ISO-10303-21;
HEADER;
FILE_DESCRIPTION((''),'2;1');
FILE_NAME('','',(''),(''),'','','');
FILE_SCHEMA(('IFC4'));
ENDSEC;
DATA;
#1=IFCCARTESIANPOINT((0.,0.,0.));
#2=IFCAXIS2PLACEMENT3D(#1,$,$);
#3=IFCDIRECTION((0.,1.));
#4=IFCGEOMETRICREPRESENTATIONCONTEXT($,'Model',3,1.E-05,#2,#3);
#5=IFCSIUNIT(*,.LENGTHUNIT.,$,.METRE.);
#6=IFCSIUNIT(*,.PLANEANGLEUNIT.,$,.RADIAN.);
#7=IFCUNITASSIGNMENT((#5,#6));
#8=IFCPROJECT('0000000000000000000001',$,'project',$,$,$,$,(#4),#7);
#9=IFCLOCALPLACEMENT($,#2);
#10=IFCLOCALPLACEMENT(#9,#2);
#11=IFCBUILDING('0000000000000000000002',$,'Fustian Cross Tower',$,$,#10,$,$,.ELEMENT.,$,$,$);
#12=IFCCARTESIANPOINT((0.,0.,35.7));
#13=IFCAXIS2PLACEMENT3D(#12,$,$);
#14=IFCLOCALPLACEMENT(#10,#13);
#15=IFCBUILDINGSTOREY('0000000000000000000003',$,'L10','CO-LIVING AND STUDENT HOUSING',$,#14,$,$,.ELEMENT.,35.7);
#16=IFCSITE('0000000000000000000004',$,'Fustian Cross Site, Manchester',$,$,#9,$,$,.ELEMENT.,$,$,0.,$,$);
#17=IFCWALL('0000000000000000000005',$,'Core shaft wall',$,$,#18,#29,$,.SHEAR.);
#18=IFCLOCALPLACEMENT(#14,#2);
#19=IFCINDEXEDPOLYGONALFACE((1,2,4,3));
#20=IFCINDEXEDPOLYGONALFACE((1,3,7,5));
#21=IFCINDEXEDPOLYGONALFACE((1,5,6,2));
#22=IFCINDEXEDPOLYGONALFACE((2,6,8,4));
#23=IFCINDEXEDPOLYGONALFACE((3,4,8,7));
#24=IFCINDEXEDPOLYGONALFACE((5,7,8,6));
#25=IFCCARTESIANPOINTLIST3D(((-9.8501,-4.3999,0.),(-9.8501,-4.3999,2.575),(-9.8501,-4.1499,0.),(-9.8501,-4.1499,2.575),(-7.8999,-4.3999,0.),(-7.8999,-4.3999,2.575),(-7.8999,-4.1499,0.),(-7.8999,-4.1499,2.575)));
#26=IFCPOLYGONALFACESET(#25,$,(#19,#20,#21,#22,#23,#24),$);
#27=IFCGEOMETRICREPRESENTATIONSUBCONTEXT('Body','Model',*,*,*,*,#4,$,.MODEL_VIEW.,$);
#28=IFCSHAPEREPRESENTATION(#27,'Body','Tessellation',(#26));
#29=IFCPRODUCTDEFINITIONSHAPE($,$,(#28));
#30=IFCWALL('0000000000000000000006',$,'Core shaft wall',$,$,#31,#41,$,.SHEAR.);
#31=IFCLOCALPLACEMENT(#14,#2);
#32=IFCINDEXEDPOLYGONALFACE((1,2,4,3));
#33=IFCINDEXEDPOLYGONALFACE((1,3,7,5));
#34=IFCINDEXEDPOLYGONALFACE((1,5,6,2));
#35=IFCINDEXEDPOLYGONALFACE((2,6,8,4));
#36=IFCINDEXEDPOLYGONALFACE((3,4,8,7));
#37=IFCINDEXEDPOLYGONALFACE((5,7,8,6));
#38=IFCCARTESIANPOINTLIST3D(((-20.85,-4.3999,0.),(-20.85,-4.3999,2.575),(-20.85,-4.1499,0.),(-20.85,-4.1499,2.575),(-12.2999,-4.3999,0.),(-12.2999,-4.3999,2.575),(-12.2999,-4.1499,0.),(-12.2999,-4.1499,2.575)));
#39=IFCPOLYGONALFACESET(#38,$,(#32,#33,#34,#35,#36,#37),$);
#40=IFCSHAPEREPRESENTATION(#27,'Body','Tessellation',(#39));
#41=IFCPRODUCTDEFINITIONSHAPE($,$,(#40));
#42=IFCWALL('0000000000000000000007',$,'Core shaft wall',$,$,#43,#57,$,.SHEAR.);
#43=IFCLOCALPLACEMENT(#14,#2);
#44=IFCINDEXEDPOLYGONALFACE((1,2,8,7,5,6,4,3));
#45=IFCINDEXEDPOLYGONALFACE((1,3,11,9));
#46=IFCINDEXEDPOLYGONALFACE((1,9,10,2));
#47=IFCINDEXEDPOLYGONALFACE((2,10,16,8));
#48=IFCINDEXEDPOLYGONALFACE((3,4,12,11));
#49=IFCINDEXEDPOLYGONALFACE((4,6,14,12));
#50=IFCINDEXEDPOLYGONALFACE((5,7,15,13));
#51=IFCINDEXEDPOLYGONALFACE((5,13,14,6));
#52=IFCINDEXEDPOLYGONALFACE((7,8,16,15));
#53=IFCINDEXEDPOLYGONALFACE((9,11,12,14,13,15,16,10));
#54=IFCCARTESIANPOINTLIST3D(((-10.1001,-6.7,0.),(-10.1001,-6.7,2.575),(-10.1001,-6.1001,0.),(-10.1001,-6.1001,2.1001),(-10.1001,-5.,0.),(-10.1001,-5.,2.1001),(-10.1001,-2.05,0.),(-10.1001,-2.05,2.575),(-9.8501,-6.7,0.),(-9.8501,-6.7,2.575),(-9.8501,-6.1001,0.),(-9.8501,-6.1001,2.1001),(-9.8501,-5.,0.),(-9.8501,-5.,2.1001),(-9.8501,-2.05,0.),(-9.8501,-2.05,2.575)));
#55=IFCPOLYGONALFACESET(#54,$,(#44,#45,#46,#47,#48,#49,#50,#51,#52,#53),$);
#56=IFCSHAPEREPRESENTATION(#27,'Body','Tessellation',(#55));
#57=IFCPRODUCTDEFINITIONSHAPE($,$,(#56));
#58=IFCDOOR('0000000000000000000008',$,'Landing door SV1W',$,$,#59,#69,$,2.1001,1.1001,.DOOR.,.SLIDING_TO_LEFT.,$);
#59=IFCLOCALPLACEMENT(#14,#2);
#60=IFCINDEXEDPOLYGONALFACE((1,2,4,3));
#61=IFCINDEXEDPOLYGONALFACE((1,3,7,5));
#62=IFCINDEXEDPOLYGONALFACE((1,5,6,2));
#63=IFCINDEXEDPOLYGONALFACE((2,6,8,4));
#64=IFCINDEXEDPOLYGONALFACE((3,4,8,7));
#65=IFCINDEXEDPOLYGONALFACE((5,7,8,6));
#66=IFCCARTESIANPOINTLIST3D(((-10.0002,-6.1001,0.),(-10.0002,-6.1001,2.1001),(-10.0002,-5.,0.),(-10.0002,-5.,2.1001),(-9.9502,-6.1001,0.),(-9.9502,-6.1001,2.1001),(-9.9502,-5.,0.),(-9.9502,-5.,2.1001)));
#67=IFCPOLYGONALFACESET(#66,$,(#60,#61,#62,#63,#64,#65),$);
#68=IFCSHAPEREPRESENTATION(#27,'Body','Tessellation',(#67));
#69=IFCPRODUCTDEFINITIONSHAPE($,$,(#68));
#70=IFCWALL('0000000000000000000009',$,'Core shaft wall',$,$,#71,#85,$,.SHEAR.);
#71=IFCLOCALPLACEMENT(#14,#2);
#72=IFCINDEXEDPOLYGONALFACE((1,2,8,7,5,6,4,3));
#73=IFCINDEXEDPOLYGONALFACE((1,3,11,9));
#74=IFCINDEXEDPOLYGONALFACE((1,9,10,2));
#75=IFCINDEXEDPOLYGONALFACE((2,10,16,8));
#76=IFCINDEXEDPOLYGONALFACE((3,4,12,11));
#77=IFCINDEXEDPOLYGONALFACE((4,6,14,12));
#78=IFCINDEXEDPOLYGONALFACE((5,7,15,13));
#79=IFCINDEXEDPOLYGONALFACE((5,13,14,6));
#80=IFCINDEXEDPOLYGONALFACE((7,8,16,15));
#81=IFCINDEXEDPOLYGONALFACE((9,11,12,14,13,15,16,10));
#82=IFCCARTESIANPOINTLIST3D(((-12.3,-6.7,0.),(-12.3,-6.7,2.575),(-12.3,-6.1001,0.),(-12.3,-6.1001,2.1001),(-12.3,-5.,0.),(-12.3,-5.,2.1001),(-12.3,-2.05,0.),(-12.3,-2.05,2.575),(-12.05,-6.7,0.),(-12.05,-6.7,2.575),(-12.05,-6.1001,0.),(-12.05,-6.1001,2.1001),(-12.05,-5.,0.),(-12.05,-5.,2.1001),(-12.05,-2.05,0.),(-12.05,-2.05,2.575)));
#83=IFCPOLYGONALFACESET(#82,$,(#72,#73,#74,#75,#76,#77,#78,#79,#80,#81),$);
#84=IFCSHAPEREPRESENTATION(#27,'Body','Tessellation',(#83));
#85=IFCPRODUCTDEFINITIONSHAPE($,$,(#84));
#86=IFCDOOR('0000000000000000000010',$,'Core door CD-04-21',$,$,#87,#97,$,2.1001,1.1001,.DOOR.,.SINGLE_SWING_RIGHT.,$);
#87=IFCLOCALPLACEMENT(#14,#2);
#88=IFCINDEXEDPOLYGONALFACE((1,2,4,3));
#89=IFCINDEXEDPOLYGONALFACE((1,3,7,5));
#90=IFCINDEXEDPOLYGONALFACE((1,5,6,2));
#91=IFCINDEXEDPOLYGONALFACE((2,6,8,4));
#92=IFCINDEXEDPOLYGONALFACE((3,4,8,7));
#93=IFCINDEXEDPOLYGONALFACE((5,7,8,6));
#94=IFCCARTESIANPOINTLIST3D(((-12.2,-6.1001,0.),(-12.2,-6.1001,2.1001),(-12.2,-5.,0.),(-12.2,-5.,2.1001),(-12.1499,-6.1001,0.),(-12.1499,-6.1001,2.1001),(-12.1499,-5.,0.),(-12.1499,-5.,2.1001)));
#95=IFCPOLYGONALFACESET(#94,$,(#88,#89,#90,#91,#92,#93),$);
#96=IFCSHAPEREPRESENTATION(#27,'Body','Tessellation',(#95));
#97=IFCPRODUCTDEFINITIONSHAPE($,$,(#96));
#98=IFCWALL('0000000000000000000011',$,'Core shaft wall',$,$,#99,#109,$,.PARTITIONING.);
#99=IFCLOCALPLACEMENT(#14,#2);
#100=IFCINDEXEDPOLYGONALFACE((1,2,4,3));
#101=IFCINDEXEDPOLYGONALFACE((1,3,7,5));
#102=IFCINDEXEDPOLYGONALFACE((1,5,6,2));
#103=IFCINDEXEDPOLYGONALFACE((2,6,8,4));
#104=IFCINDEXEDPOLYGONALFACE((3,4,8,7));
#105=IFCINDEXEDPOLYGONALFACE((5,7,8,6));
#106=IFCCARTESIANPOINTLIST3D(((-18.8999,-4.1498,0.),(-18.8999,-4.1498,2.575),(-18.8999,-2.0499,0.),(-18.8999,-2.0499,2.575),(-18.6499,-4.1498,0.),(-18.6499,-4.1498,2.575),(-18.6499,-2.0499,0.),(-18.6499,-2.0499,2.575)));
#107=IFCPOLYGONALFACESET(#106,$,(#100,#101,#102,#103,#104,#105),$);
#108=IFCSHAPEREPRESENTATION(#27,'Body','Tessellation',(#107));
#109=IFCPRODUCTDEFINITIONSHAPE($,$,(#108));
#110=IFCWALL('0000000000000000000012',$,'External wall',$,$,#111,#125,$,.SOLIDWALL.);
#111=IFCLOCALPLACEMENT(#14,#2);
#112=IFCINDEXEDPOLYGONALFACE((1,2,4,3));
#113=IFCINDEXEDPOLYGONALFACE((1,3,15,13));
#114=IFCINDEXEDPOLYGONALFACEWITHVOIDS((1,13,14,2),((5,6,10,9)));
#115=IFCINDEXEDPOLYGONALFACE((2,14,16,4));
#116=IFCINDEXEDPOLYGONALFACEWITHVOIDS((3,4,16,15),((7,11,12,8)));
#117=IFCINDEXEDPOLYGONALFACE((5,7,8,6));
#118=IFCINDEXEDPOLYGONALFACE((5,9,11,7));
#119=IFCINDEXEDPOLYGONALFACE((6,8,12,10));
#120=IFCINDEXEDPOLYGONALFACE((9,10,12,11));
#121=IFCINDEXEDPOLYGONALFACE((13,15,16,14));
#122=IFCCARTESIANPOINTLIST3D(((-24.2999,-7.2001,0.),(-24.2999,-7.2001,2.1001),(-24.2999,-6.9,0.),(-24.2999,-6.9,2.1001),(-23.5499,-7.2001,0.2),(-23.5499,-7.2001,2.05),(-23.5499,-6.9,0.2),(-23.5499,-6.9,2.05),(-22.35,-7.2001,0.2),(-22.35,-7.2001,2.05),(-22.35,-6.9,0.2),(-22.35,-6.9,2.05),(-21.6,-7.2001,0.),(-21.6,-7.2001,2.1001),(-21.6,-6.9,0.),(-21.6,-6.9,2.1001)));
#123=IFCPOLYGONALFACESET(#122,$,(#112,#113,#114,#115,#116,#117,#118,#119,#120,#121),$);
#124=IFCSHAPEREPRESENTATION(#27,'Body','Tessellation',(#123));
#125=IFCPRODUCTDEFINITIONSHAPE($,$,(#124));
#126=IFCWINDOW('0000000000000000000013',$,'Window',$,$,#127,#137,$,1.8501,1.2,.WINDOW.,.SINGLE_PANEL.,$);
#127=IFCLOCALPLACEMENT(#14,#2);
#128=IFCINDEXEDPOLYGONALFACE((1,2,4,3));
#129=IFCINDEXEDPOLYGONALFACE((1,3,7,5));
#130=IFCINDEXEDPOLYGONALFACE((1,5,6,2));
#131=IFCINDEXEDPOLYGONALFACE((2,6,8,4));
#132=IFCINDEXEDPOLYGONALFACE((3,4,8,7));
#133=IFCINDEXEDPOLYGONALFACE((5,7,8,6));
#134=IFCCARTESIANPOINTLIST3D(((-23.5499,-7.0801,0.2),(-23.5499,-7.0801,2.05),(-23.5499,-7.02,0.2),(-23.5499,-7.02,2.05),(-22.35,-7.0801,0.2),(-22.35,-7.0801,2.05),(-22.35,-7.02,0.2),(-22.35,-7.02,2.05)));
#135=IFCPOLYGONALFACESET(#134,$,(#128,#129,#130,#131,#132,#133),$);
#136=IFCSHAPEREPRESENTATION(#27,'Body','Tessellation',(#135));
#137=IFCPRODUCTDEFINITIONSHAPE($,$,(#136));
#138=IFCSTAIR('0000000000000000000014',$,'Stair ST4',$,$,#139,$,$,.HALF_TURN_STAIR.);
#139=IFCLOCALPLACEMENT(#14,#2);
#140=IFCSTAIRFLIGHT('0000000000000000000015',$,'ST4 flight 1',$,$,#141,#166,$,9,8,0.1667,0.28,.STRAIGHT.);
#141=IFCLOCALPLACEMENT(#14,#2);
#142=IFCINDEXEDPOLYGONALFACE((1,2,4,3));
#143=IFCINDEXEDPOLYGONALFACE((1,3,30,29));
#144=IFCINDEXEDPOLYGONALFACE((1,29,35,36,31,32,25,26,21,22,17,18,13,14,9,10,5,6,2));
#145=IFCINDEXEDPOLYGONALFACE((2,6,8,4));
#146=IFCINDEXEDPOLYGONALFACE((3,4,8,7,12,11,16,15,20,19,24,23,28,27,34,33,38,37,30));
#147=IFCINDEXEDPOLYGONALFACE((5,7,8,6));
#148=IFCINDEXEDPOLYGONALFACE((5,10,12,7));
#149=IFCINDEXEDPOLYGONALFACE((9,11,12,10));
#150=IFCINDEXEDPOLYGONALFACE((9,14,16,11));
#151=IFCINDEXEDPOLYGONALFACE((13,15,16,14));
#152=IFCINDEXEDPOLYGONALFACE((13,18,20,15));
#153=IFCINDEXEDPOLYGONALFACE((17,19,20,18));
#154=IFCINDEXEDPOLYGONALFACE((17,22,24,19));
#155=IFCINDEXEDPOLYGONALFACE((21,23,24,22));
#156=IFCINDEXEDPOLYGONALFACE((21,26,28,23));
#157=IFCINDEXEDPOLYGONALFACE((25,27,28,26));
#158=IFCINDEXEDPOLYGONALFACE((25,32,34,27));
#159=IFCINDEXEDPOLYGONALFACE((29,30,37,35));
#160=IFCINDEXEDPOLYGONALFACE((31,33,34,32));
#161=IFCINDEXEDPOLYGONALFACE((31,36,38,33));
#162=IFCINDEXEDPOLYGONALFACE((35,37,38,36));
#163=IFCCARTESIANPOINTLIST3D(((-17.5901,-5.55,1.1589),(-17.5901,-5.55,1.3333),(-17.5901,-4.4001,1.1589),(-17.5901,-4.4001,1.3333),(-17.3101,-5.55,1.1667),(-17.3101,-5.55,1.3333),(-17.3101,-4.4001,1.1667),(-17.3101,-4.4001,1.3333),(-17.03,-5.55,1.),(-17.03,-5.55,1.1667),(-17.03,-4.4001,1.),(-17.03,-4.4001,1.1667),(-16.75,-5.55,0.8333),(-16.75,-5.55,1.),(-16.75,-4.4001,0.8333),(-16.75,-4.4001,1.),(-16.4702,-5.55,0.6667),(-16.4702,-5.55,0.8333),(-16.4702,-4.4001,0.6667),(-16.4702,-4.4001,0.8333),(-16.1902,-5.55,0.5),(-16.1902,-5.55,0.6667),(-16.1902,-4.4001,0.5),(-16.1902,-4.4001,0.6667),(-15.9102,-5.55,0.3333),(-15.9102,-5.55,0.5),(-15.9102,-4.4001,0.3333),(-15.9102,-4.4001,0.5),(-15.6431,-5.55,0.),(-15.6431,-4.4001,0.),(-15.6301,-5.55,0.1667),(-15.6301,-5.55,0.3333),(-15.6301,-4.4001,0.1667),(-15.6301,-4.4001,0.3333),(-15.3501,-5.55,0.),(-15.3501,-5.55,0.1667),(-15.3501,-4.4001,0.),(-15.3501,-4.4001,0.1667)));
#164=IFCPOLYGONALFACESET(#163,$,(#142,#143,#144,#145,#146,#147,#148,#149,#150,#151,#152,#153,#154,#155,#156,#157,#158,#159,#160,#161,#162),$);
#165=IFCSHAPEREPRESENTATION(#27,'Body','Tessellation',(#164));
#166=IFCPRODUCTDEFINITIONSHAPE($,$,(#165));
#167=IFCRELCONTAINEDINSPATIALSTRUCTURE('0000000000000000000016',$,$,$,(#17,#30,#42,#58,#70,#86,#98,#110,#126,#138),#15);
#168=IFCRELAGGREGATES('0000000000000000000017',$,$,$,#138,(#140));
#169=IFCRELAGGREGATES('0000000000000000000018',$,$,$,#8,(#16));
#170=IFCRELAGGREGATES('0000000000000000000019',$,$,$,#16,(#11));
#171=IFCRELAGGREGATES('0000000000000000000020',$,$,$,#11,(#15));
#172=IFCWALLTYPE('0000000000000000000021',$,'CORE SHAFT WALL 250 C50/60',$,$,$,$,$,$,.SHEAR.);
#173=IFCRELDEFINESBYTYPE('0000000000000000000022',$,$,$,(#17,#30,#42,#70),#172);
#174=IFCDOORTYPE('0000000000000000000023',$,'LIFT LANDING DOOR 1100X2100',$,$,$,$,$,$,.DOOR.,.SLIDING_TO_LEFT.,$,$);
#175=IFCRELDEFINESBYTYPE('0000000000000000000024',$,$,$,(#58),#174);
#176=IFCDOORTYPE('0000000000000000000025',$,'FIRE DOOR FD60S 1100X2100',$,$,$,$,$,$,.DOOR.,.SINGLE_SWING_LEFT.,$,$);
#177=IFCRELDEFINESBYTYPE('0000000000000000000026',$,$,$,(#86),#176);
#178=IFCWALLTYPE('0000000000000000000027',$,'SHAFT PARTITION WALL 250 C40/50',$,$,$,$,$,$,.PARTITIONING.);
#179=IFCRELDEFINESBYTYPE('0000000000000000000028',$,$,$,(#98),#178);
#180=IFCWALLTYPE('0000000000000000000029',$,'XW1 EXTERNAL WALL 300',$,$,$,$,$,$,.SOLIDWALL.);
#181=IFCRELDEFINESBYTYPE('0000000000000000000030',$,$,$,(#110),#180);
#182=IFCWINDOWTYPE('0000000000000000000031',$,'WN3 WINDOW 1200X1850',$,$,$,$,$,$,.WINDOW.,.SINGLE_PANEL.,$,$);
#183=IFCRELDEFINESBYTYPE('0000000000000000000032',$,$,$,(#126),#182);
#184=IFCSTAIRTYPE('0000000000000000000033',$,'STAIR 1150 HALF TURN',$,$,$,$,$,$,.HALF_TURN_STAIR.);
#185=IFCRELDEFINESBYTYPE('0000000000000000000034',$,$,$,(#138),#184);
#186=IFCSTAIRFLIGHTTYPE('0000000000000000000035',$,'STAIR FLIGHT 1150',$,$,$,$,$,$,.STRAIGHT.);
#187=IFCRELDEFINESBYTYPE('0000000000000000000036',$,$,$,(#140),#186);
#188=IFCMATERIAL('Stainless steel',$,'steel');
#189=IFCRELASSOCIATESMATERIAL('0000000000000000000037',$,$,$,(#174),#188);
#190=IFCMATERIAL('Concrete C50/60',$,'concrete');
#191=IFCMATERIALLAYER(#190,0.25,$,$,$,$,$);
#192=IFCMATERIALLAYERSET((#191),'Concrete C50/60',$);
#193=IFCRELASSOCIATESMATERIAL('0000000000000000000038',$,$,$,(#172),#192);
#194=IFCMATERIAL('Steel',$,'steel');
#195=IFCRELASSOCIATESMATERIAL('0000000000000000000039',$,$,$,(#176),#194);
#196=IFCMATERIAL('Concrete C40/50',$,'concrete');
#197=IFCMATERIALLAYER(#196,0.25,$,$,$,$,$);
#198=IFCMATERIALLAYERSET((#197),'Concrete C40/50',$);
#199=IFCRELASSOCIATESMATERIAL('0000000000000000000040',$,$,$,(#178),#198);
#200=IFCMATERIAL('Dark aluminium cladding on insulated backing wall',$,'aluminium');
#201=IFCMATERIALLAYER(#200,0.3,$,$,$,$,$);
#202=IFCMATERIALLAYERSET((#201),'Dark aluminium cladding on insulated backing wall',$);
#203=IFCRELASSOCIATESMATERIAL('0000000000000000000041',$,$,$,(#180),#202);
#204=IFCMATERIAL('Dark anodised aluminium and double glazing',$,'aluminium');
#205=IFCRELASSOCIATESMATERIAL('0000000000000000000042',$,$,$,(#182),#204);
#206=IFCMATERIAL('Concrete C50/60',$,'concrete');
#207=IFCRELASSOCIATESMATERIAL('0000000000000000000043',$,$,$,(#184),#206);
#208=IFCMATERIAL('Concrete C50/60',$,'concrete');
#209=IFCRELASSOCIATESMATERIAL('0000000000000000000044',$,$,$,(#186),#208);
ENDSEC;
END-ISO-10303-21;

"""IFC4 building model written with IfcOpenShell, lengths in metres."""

from ifc_helpers import new_model, si_unit, direction, frame, frame_2d, origin, place, context, subcontext, project, spatial, polyline, rectangle, outline, extrude, material, layer, layer_set, type_object, element, fill, aggregate, save


model = new_model("IFC4")

# Units and contexts
model_context = context("Model", 3, precision=1e-05, world=origin(), true_north=direction((0.0, 1.0)))
body_context = subcontext(model_context, "Body", "Model", "MODEL_VIEW")
ifc_project = project(units=[si_unit("LENGTHUNIT", "METRE"), si_unit("PLANEANGLEUNIT", "RADIAN")], contexts=[model_context])

# Site, building, storey
site_placement = place(None, origin())
site = spatial("IfcSite", under=ifc_project, at=site_placement, Name="Fustian Cross Site, Manchester", CompositionType="ELEMENT", RefElevation=0.0)
building_placement = place(site_placement, origin())
building = spatial("IfcBuilding", under=site, at=building_placement, Name="Fustian Cross Tower", CompositionType="ELEMENT")
storey_placement = place(building_placement, frame((0.0, 0.0, 35.7)))
storey = spatial("IfcBuildingStorey", under=building, at=storey_placement, Name="L10", Description="CO-LIVING AND STUDENT HOUSING", CompositionType="ELEMENT", Elevation=35.7)

# Shared definitions
ifc_material_1 = material(Name="Stainless steel", Category="steel")
door_type_1 = type_object("IfcDoorType", Name="LIFT LANDING DOOR 1100X2100", OperationType="SLIDING_TO_LEFT", PredefinedType="DOOR", material=ifc_material_1)

# Walls
ifc_material_2 = material(Name="Concrete C50/60", Category="concrete")
ifc_layer_1 = layer(ifc_material_2, 0.25)
ifc_layer_set_1 = layer_set([ifc_layer_1], Name="Concrete C50/60")
wall_type_1 = type_object("IfcWallType", Name="CORE SHAFT WALL 250 C50/60", PredefinedType="SHEAR", material=ifc_layer_set_1)
wall_1_placement = place(storey_placement, frame((-7.8999, -4.2749, 0.0), z_axis=(0.0, 0.0, 1.0), x_axis=(-1.0, 0.0, 0.0)))
element("IfcWall", 1, at=wall_1_placement, inside=storey, type_object=wall_type_1, Name="Core shaft wall", PredefinedType="SHEAR", context=body_context, shape_type="SweptSolid", body=[
    extrude(rectangle(XDim=1.9502, YDim=0.25, at=frame_2d((0.9751, 0.0))), origin(), (0.0, 0.0, 1.0), 2.575),
])
wall_2_placement = place(storey_placement, frame((-12.3, -4.2749, 0.0), z_axis=(0.0, 0.0, 1.0), x_axis=(-1.0, 0.0, 0.0)))
element("IfcWall", 2, at=wall_2_placement, inside=storey, type_object=wall_type_1, Name="Core shaft wall", PredefinedType="SHEAR", context=body_context, shape_type="SweptSolid", body=[
    extrude(rectangle(XDim=8.55, YDim=0.25, at=frame_2d((4.2749, 0.0))), origin(), (0.0, 0.0, 1.0), 2.575),
])

# Walls, openings, doors
wall_3_placement = place(storey_placement, frame((-9.9751, -2.05, 0.0), z_axis=(0.0, 0.0, 1.0), x_axis=(0.0, -1.0, 0.0)))
wall_3 = element("IfcWall", 3, at=wall_3_placement, inside=storey, type_object=wall_type_1, Name="Core shaft wall", PredefinedType="SHEAR", context=body_context, shape_type="SweptSolid", body=[
    extrude(rectangle(XDim=4.6499, YDim=0.25, at=frame_2d((2.325, 0.0))), origin(), (0.0, 0.0, 1.0), 2.575),
])
opening_1_placement = place(wall_3_placement, frame((2.95, 0.0, 0.0)))
opening_1 = element("IfcOpeningElement", 4, at=opening_1_placement, cuts=wall_3, PredefinedType="OPENING", context=body_context, shape_type="SweptSolid", body=[
    extrude(rectangle(XDim=1.1001, YDim=2.1001, at=frame_2d((0.55, 1.05))), frame((0.0, 0.135, 0.0), z_axis=(0.0, -1.0, 0.0), x_axis=(1.0, 0.0, 0.0)), (0.0, 0.0, 1.0), 0.27),
])
door_1_placement = place(opening_1_placement, origin())
door_1 = element("IfcDoor", 5, at=door_1_placement, inside=storey, type_object=door_type_1, Name="Landing door SV1W", OperationType="SLIDING_TO_LEFT", OverallHeight=2.1001, OverallWidth=1.1001, PredefinedType="DOOR", context=body_context, shape_type="SweptSolid", body=[
    extrude(rectangle(XDim=1.1001, YDim=2.1001, at=frame_2d((0.55, 1.05))), frame((0.0, 0.0249, 0.0), z_axis=(0.0, -1.0, 0.0), x_axis=(1.0, 0.0, 0.0)), (0.0, 0.0, 1.0), 0.05),
])
fill(opening_1, door_1)
wall_4_placement = place(storey_placement, frame((-12.175, -2.05, 0.0), z_axis=(0.0, 0.0, 1.0), x_axis=(0.0, -1.0, 0.0)))
wall_4 = element("IfcWall", 6, at=wall_4_placement, inside=storey, type_object=wall_type_1, Name="Core shaft wall", PredefinedType="SHEAR", context=body_context, shape_type="SweptSolid", body=[
    extrude(rectangle(XDim=4.6499, YDim=0.25, at=frame_2d((2.325, 0.0))), origin(), (0.0, 0.0, 1.0), 2.575),
])
opening_2_placement = place(wall_4_placement, frame((2.95, 0.0, 0.0)))
opening_2 = element("IfcOpeningElement", 7, at=opening_2_placement, cuts=wall_4, PredefinedType="OPENING", context=body_context, shape_type="SweptSolid", body=[
    extrude(rectangle(XDim=1.1001, YDim=2.1001, at=frame_2d((0.55, 1.05))), frame((0.0, 0.135, 0.0), z_axis=(0.0, -1.0, 0.0), x_axis=(1.0, 0.0, 0.0)), (0.0, 0.0, 1.0), 0.27),
])
ifc_material_3 = material(Name="Steel", Category="steel")
door_type_2 = type_object("IfcDoorType", Name="FIRE DOOR FD60S 1100X2100", OperationType="SINGLE_SWING_LEFT", PredefinedType="DOOR", material=ifc_material_3)
door_2_placement = place(opening_2_placement, frame((1.1001, 0.0, 0.0), z_axis=(0.0, 0.0, 1.0), x_axis=(-1.0, 0.0, 0.0)))
door_2 = element("IfcDoor", 8, at=door_2_placement, inside=storey, type_object=door_type_2, Name="Core door CD-04-21", OperationType="SINGLE_SWING_RIGHT", OverallHeight=2.1001, OverallWidth=1.1001, PredefinedType="DOOR", context=body_context, shape_type="SweptSolid", body=[
    extrude(rectangle(XDim=1.1001, YDim=2.1001, at=frame_2d((0.55, 1.05))), frame((0.0, 0.0249, 0.0), z_axis=(0.0, -1.0, 0.0), x_axis=(1.0, 0.0, 0.0)), (0.0, 0.0, 1.0), 0.05),
])
fill(opening_2, door_2)

# Wall
ifc_material_4 = material(Name="Concrete C40/50", Category="concrete")
ifc_layer_2 = layer(ifc_material_4, 0.25)
ifc_layer_set_2 = layer_set([ifc_layer_2], Name="Concrete C40/50")
wall_type_2 = type_object("IfcWallType", Name="SHAFT PARTITION WALL 250 C40/50", PredefinedType="PARTITIONING", material=ifc_layer_set_2)
wall_5_placement = place(storey_placement, frame((-18.7749, -2.05, 0.0), z_axis=(0.0, 0.0, 1.0), x_axis=(0.0, -1.0, 0.0)))
element("IfcWall", 9, at=wall_5_placement, inside=storey, type_object=wall_type_2, Name="Core shaft wall", PredefinedType="PARTITIONING", context=body_context, shape_type="SweptSolid", body=[
    extrude(rectangle(XDim=2.0999, YDim=0.25, at=frame_2d((1.0498, 0.0))), origin(), (0.0, 0.0, 1.0), 2.575),
])

# Wall, opening, window
ifc_material_5 = material(Name="Dark aluminium cladding on insulated backing wall", Category="aluminium")
ifc_layer_3 = layer(ifc_material_5, 0.3)
ifc_layer_set_3 = layer_set([ifc_layer_3], Name="Dark aluminium cladding on insulated backing wall")
wall_type_3 = type_object("IfcWallType", Name="XW1 EXTERNAL WALL 300", PredefinedType="SOLIDWALL", material=ifc_layer_set_3)
wall_6_placement = place(storey_placement, frame((-24.3, -7.05, 0.0), z_axis=(0.0, 0.0, 1.0), x_axis=(1.0, 0.0, 0.0)))
wall_6 = element("IfcWall", 10, at=wall_6_placement, inside=storey, type_object=wall_type_3, Name="External wall", PredefinedType="SOLIDWALL", context=body_context, shape_type="SweptSolid", body=[
    extrude(rectangle(XDim=2.7, YDim=0.3, at=frame_2d((1.3501, 0.0))), origin(), (0.0, 0.0, 1.0), 2.1001),
])
opening_3_placement = place(wall_6_placement, frame((0.75, 0.0, 0.2)))
opening_3 = element("IfcOpeningElement", 11, at=opening_3_placement, cuts=wall_6, PredefinedType="OPENING", context=body_context, shape_type="SweptSolid", body=[
    extrude(rectangle(XDim=1.2, YDim=1.8501, at=frame_2d((0.6001, 0.925))), frame((0.0, 0.1599, 0.0), z_axis=(0.0, -1.0, 0.0), x_axis=(1.0, 0.0, 0.0)), (0.0, 0.0, 1.0), 0.3201),
])
ifc_material_6 = material(Name="Dark anodised aluminium and double glazing", Category="aluminium")
window_type = type_object("IfcWindowType", Name="WN3 WINDOW 1200X1850", PartitioningType="SINGLE_PANEL", PredefinedType="WINDOW", material=ifc_material_6)
window_placement = place(opening_3_placement, origin())
window = element("IfcWindow", 12, at=window_placement, inside=storey, type_object=window_type, Name="Window", OverallHeight=1.8501, OverallWidth=1.2, PartitioningType="SINGLE_PANEL", PredefinedType="WINDOW", context=body_context, shape_type="SweptSolid", body=[
    extrude(rectangle(XDim=1.2, YDim=1.8501, at=frame_2d((0.6001, 0.925))), frame((0.0, 0.03, 0.0), z_axis=(0.0, -1.0, 0.0), x_axis=(1.0, 0.0, 0.0)), (0.0, 0.0, 1.0), 0.0601),
])
fill(opening_3, window)

# Stair, stair flight
ifc_material_7 = material(Name="Concrete C50/60", Category="concrete")
stair_type = type_object("IfcStairType", Name="STAIR 1150 HALF TURN", PredefinedType="HALF_TURN_STAIR", material=ifc_material_7)
stair_placement = place(storey_placement, origin())
stair = element("IfcStair", 13, at=stair_placement, inside=storey, type_object=stair_type, Name="Stair ST4", PredefinedType="HALF_TURN_STAIR")
ifc_material_8 = material(Name="Concrete C50/60", Category="concrete")
stair_flight_type = type_object("IfcStairFlightType", Name="STAIR FLIGHT 1150", PredefinedType="STRAIGHT", material=ifc_material_8)
stair_flight_1_placement = place(storey_placement, frame((-15.3501, -4.9751, 0.0), z_axis=(0.0, 0.0, 1.0), x_axis=(-1.0, 0.0, 0.0)))
stair_flight_1 = element("IfcStairFlight", 14, at=stair_flight_1_placement, type_object=stair_flight_type, Name="ST4 flight 1", NumberOfRisers=9, NumberOfTreads=8, PredefinedType="STRAIGHT", RiserHeight=0.1667, TreadLength=0.28, context=body_context, shape_type="SweptSolid", body=[
    extrude(outline(polyline([(0.0, 0.0), (0.0, 0.1667), (0.28, 0.1667), (0.28, 0.3333), (0.5601, 0.3333), (0.5601, 0.5), (0.8401, 0.5), (0.8401, 0.6667), (1.1201, 0.6667), (1.1201, 0.8333), (1.3999, 0.8333), (1.3999, 1.0), (1.6799, 1.0), (1.6799, 1.1667), (1.96, 1.1667), (1.96, 1.3333), (2.24, 1.3333), (2.24, 1.5), (2.24, 1.1589), (0.293, 0.0), (0.0, 0.0)])), frame((0.0, 0.575, 0.0), z_axis=(0.0, -1.0, 0.0), x_axis=(1.0, 0.0, 0.0)), (0.0, 0.0, 1.0), 1.1499),
])
aggregate(stair, [stair_flight_1])

save(model, "model.ifc")
